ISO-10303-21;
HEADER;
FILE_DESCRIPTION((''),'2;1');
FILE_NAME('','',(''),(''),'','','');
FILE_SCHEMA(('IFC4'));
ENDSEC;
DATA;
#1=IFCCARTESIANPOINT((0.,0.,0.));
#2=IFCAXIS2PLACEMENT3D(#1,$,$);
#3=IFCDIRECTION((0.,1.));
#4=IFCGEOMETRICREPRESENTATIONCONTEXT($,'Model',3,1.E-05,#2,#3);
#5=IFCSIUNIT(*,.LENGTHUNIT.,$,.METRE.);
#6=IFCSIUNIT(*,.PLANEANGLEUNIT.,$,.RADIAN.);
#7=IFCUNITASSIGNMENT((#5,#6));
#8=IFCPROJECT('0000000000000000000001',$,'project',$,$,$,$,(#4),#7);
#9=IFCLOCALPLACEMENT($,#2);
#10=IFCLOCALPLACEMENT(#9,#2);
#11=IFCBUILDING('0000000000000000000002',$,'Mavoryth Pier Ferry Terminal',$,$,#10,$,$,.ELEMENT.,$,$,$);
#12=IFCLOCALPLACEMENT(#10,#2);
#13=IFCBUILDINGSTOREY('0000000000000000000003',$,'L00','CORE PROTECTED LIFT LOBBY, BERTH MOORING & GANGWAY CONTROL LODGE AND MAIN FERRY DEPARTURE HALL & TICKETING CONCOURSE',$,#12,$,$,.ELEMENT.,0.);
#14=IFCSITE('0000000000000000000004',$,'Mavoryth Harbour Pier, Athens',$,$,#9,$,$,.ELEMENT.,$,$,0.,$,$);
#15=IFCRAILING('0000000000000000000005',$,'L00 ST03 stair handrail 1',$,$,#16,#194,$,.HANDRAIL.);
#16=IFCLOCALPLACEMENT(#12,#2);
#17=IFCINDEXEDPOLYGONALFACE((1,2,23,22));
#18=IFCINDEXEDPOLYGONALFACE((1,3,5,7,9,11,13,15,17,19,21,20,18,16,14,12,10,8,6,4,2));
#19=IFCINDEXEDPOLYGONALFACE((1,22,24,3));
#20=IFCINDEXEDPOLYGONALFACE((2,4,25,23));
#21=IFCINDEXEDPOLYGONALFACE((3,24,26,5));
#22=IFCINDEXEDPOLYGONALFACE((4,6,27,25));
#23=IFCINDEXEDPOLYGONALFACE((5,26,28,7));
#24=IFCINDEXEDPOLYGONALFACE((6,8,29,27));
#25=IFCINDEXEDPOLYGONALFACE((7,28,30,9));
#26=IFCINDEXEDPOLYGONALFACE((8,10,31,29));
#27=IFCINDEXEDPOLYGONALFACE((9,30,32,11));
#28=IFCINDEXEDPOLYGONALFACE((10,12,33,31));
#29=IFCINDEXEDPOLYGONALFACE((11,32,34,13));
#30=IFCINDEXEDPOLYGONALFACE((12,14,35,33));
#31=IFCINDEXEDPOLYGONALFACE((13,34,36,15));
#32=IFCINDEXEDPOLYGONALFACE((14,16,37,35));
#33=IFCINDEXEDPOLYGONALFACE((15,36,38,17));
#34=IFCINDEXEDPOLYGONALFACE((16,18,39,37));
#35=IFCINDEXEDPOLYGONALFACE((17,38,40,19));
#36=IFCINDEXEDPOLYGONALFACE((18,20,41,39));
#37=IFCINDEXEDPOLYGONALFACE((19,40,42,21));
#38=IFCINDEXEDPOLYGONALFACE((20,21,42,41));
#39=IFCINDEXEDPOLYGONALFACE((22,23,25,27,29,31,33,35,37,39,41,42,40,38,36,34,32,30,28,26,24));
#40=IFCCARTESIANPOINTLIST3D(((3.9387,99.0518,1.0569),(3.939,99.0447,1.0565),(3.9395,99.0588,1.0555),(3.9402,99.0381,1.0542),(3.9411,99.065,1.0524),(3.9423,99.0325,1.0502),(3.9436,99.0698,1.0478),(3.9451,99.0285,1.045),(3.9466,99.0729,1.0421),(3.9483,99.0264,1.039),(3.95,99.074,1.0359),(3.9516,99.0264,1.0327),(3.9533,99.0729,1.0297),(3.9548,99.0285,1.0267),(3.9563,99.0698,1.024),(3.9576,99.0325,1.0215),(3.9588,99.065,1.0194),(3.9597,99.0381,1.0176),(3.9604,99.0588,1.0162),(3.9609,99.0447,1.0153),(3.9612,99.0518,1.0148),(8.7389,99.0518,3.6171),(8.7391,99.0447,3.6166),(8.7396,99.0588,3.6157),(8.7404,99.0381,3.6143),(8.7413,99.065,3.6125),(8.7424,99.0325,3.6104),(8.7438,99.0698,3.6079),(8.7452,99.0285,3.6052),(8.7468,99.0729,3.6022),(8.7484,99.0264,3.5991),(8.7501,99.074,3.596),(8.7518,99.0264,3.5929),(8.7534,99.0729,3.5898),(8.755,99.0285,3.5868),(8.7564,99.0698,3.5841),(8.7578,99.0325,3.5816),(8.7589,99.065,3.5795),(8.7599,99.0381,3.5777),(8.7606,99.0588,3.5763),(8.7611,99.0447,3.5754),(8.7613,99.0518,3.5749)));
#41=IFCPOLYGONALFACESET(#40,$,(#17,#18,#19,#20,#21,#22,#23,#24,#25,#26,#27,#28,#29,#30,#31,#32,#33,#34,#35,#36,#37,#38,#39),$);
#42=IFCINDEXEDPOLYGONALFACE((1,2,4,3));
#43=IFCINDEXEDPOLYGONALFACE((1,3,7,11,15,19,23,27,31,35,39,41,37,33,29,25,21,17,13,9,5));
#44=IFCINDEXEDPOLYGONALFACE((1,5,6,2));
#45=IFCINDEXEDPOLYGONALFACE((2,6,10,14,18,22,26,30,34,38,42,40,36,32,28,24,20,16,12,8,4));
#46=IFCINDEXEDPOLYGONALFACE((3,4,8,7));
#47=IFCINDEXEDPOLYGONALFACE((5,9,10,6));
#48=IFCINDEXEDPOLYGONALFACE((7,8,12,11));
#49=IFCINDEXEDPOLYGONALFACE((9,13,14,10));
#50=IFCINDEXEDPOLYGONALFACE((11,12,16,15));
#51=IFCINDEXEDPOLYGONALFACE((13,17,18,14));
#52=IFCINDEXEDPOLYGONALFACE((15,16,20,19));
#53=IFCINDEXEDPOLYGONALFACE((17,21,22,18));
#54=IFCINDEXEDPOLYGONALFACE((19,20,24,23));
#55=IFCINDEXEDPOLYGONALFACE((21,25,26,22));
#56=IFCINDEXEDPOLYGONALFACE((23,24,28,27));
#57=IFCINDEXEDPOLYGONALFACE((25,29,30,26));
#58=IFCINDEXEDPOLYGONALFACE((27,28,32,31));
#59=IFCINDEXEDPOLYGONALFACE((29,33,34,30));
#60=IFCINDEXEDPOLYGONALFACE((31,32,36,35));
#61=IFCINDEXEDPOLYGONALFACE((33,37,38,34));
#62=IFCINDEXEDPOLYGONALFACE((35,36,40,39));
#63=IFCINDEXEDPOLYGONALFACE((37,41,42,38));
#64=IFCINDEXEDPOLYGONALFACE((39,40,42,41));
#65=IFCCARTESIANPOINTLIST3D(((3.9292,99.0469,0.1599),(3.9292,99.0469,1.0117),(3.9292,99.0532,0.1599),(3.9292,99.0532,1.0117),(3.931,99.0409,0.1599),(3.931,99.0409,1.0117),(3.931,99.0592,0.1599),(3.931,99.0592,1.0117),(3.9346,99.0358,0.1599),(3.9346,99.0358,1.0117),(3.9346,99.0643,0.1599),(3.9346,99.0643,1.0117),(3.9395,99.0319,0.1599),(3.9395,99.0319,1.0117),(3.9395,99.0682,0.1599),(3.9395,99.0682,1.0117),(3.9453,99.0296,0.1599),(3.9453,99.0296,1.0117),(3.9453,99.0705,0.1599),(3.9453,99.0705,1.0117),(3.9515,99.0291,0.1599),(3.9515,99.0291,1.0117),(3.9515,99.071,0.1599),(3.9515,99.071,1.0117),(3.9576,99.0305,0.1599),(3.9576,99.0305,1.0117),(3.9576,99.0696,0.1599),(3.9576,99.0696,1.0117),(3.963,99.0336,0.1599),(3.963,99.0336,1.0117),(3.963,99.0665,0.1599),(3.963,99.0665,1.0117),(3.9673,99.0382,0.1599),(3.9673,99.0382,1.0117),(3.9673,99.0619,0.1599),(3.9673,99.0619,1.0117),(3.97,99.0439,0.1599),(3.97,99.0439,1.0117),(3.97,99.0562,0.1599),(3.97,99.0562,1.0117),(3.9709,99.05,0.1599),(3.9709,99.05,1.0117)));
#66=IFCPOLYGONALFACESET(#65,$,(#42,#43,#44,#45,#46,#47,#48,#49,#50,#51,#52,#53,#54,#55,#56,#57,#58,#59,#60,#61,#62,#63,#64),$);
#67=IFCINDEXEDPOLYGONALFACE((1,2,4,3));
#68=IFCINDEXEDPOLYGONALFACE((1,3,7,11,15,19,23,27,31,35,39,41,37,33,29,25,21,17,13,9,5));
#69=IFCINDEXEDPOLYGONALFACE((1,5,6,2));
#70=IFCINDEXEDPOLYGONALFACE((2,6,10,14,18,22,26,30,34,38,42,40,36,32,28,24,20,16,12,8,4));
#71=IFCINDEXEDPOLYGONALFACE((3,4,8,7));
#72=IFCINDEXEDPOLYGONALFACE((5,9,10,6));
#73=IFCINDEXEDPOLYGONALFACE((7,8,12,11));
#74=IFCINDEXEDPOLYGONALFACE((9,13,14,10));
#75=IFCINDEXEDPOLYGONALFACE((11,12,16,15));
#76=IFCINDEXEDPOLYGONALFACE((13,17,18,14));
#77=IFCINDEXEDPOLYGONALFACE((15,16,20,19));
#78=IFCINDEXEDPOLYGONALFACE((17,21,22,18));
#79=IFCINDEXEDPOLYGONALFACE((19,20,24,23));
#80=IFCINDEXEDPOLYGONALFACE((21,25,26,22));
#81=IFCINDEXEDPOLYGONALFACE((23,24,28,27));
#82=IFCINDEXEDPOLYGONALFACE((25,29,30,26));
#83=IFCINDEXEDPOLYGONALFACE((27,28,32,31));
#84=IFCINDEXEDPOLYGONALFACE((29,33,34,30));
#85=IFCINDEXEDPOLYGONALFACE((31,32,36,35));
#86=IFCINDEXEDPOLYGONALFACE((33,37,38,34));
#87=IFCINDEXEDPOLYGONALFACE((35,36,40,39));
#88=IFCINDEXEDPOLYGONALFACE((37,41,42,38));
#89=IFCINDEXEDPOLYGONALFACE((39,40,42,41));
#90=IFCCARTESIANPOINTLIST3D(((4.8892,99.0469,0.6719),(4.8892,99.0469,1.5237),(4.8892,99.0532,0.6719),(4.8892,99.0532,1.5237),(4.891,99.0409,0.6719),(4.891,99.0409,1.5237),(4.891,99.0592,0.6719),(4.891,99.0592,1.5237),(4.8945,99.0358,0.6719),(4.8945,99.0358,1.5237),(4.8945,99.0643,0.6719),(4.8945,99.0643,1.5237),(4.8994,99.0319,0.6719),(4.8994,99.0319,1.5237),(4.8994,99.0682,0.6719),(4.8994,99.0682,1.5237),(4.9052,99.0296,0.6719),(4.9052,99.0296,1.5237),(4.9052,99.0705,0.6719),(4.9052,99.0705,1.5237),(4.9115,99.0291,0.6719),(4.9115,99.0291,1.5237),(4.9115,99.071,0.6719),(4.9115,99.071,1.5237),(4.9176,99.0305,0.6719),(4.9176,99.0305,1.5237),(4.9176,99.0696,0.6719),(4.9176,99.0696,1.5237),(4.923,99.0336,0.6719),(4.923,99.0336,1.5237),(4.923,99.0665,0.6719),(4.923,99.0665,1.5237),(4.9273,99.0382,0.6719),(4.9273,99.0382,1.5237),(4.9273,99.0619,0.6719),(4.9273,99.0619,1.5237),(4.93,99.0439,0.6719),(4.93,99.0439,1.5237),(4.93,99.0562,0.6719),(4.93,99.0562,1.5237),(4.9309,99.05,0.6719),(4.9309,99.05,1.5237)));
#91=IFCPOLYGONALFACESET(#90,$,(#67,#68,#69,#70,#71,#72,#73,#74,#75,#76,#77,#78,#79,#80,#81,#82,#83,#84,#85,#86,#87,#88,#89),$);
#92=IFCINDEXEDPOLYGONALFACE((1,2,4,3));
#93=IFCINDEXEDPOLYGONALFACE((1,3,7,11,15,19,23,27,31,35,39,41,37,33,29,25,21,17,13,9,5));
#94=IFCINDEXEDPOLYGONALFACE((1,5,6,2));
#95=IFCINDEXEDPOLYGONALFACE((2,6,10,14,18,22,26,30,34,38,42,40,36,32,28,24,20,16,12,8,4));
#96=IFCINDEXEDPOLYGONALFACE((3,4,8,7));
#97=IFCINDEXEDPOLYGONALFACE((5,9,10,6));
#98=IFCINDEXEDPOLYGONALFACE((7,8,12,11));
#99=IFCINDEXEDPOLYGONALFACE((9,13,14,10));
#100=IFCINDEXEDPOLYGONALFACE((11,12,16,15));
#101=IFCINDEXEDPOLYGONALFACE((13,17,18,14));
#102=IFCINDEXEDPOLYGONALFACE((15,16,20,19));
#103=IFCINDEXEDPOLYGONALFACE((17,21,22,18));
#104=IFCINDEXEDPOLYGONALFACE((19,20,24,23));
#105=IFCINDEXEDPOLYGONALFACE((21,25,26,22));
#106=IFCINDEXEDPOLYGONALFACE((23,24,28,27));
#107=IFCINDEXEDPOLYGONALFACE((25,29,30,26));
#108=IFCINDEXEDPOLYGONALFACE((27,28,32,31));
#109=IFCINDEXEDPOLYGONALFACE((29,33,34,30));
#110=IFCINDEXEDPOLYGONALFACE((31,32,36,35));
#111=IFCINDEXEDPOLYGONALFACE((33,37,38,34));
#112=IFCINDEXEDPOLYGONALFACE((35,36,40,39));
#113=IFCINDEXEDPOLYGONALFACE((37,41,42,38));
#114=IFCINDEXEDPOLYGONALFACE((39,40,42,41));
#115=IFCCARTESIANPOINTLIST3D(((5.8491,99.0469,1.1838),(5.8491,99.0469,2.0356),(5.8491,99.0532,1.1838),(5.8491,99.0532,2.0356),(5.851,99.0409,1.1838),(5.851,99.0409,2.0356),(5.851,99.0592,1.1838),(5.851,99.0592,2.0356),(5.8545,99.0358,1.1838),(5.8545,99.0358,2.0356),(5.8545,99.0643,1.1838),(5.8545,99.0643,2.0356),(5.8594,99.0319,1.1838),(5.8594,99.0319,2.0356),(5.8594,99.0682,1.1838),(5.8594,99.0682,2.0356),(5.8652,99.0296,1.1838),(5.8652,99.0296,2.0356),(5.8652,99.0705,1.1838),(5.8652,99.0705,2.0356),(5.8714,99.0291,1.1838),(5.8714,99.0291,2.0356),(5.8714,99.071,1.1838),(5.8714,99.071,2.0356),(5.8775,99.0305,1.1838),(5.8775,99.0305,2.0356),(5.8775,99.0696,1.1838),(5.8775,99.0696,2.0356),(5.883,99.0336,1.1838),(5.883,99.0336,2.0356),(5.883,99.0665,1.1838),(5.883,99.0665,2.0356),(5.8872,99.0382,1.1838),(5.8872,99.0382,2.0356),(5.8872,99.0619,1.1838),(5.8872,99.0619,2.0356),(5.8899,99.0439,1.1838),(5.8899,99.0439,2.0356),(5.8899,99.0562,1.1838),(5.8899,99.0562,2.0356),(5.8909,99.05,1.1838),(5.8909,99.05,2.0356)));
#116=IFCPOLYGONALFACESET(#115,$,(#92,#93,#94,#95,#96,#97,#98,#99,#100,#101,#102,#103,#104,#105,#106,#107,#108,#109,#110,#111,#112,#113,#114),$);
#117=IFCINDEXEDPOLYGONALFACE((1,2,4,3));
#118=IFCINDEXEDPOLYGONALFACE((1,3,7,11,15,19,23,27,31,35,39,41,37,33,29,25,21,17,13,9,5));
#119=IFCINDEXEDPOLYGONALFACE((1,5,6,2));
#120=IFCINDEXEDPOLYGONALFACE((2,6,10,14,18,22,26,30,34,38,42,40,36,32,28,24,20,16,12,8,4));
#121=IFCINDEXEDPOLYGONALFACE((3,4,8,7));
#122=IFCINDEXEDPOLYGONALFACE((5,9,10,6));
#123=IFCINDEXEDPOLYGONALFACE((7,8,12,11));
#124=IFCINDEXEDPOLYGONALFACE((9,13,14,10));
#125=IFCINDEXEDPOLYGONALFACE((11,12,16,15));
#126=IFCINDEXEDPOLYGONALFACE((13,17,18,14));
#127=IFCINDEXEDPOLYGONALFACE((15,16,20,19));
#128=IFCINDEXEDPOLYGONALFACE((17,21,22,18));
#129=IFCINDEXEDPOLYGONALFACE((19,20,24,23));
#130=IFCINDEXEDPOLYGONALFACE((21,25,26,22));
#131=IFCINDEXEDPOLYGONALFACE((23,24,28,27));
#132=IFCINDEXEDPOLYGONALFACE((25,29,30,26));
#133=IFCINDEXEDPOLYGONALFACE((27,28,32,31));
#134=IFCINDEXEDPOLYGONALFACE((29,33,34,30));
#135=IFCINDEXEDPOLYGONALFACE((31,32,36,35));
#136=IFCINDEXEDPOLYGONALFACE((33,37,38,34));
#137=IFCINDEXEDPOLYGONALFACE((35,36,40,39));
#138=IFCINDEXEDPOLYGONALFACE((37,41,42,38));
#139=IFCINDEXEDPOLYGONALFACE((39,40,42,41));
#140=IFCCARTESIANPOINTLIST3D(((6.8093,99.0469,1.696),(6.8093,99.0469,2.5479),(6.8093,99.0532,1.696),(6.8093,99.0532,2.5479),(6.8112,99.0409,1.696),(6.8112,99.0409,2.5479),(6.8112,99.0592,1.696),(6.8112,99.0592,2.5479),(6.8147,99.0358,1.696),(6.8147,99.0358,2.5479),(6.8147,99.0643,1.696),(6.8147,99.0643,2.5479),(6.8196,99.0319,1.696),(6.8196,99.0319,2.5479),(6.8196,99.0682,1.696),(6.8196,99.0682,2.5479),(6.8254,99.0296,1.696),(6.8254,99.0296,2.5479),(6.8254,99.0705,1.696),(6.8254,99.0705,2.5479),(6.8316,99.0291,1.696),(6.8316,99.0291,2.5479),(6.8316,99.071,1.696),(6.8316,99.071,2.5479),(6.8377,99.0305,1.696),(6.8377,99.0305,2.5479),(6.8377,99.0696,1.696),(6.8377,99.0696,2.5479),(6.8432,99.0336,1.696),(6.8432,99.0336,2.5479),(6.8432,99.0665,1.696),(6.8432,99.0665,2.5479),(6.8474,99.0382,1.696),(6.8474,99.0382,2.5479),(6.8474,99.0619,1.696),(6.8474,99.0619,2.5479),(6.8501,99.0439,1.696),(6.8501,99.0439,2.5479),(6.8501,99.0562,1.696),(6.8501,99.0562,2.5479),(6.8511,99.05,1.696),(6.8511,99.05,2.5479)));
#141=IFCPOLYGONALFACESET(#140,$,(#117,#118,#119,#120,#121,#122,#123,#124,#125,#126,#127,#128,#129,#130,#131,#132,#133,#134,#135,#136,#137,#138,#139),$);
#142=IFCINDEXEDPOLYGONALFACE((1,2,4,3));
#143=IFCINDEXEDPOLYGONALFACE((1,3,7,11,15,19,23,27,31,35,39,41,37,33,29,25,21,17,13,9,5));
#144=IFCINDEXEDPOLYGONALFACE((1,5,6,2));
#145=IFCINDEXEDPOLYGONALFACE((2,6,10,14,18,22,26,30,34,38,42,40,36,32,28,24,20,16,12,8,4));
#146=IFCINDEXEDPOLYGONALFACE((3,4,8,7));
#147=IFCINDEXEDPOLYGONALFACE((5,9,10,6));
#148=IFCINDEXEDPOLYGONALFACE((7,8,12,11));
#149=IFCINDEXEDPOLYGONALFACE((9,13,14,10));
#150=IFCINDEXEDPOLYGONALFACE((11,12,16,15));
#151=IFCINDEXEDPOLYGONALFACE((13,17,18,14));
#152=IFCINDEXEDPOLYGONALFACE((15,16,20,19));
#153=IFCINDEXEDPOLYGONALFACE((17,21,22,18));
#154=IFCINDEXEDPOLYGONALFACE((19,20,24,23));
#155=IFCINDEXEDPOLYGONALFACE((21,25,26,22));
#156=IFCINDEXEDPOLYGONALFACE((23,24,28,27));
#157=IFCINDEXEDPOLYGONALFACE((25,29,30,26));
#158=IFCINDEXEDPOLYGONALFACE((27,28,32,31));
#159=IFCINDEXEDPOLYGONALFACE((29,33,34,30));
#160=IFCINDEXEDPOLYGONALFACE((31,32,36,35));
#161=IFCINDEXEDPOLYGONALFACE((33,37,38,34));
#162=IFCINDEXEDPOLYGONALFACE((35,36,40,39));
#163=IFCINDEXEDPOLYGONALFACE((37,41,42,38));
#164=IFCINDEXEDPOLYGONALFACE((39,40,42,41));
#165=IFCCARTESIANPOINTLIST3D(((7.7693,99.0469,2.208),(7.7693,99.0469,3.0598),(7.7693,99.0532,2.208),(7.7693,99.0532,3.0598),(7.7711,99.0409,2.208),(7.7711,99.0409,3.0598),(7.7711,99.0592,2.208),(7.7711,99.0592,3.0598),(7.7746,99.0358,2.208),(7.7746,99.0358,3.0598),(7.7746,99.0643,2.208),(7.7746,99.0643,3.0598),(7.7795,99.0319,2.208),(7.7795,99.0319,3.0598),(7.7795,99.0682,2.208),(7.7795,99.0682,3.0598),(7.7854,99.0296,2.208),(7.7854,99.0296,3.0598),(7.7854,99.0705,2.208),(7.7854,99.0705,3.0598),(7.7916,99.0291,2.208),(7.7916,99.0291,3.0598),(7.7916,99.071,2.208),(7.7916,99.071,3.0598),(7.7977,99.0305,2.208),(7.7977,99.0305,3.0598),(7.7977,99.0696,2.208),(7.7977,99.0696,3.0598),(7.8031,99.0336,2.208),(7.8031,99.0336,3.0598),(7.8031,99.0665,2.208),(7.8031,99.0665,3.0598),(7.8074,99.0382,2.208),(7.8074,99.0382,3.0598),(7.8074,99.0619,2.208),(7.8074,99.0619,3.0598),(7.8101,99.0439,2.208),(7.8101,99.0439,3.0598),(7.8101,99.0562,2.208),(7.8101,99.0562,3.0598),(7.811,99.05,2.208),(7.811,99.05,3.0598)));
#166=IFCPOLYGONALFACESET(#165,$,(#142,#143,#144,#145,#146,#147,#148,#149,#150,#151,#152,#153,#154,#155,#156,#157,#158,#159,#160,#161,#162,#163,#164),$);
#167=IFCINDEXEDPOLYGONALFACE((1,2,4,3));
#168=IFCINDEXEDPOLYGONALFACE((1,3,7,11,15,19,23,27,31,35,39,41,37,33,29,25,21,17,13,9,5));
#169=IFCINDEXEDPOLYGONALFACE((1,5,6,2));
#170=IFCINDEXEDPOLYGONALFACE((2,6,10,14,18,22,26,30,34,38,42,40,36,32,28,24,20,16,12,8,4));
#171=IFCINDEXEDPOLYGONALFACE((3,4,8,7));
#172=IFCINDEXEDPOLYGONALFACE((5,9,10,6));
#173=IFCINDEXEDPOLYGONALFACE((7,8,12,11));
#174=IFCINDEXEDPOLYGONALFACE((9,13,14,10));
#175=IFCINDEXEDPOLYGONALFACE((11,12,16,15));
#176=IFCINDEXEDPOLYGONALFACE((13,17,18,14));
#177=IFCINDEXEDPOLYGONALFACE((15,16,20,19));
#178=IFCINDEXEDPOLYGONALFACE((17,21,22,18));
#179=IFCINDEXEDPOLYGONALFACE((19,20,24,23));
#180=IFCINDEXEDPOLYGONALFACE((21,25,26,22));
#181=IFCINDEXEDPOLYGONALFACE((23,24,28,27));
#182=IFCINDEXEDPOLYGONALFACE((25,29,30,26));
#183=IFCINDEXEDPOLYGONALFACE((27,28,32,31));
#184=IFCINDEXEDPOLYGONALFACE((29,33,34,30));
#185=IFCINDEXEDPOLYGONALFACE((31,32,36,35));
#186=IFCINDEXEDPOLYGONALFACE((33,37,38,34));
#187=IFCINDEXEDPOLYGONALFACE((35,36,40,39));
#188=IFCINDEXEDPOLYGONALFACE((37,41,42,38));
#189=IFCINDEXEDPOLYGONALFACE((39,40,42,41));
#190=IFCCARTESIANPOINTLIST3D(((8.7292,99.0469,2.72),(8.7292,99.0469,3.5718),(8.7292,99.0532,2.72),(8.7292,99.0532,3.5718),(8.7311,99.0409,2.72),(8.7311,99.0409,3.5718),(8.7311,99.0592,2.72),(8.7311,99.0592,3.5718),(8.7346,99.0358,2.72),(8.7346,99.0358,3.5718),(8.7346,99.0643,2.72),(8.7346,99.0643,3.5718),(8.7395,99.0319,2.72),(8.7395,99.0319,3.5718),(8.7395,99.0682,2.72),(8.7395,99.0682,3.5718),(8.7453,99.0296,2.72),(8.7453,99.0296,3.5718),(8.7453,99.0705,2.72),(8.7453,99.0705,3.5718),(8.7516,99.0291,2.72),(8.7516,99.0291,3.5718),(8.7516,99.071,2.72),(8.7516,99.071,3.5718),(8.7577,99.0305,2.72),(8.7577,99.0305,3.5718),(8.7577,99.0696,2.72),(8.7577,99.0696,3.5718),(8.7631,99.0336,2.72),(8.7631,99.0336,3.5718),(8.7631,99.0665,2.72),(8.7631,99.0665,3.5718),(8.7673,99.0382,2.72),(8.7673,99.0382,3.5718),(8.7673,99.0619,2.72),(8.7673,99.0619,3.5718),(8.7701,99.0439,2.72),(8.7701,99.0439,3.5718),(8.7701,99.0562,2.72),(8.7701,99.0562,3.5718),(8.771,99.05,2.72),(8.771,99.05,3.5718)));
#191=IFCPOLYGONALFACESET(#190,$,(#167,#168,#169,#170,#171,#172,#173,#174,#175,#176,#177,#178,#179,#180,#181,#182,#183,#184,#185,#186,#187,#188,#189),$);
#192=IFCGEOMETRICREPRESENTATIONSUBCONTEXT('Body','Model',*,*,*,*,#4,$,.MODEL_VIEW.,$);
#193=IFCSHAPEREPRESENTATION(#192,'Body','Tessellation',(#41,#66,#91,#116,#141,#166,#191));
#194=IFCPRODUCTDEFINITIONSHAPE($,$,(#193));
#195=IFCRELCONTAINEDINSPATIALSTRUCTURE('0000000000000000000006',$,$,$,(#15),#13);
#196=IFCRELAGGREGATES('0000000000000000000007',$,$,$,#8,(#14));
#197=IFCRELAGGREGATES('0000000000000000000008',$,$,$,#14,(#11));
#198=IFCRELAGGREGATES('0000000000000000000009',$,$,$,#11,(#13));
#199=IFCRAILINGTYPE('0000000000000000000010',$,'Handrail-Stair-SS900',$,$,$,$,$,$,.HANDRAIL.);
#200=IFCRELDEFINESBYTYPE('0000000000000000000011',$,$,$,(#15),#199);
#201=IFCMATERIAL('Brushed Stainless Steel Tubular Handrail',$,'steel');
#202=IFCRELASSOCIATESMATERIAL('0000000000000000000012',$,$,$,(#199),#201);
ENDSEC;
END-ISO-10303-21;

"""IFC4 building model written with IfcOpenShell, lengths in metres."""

from ifc_helpers import new_model, si_unit, direction, frame, origin, origin_2d, place, context, subcontext, project, spatial, circle, extrude, material, type_object, element, save


model = new_model("IFC4")

# Units and contexts
model_context = context("Model", 3, precision=1e-05, world=origin(), true_north=direction((0.0, 1.0)))
body_context = subcontext(model_context, "Body", "Model", "MODEL_VIEW")
ifc_project = project(units=[si_unit("LENGTHUNIT", "METRE"), si_unit("PLANEANGLEUNIT", "RADIAN")], contexts=[model_context])

# Site, building, storey
site_placement = place(None, origin())
site = spatial("IfcSite", under=ifc_project, at=site_placement, Name="Mavoryth Harbour Pier, Athens", CompositionType="ELEMENT", RefElevation=0.0)
building_placement = place(site_placement, origin())
building = spatial("IfcBuilding", under=site, at=building_placement, Name="Mavoryth Pier Ferry Terminal", CompositionType="ELEMENT")
storey_placement = place(building_placement, origin())
storey = spatial("IfcBuildingStorey", under=building, at=storey_placement, Name="L00", Description="CORE PROTECTED LIFT LOBBY, BERTH MOORING & GANGWAY CONTROL LODGE AND MAIN FERRY DEPARTURE HALL & TICKETING CONCOURSE", CompositionType="ELEMENT", Elevation=0.0)

# Railing
ifc_material_1 = material(Name="Brushed Stainless Steel Tubular Handrail", Category="steel")
railing_type = type_object("IfcRailingType", Name="Handrail-Stair-SS900", PredefinedType="HANDRAIL", material=ifc_material_1)
railing_placement = place(storey_placement, frame((3.95, 99.05, 0.1599)))
element("IfcRailing", 1, at=railing_placement, inside=storey, type_object=railing_type, Name="L00 ST03 stair handrail 1", PredefinedType="HANDRAIL", context=body_context, shape_type="SweptSolid", body=[
    extrude(circle(Radius=0.0239, at=origin_2d()), frame((0.0, 0.0, 0.876), z_axis=(0.88235, 0.0, 0.470593), x_axis=(0.0, 1.0, 0.0)), (0.0, 0.0, 1.0), 5.4402),
    extrude(circle(Radius=0.021, at=origin_2d()), origin(), (0.0, 0.0, 1.0), 0.8518),
    extrude(circle(Radius=0.021, at=origin_2d()), frame((0.96, 0.0, 0.512)), (0.0, 0.0, 1.0), 0.8518),
    extrude(circle(Radius=0.021, at=origin_2d()), frame((1.9199, 0.0, 1.0239)), (0.0, 0.0, 1.0), 0.8518),
    extrude(circle(Radius=0.021, at=origin_2d()), frame((2.8801, 0.0, 1.5361)), (0.0, 0.0, 1.0), 0.8518),
    extrude(circle(Radius=0.021, at=origin_2d()), frame((3.8401, 0.0, 2.0481)), (0.0, 0.0, 1.0), 0.8518),
    extrude(circle(Radius=0.021, at=origin_2d()), frame((4.8, 0.0, 2.5601)), (0.0, 0.0, 1.0), 0.8518),
])

save(model, "model.ifc")
